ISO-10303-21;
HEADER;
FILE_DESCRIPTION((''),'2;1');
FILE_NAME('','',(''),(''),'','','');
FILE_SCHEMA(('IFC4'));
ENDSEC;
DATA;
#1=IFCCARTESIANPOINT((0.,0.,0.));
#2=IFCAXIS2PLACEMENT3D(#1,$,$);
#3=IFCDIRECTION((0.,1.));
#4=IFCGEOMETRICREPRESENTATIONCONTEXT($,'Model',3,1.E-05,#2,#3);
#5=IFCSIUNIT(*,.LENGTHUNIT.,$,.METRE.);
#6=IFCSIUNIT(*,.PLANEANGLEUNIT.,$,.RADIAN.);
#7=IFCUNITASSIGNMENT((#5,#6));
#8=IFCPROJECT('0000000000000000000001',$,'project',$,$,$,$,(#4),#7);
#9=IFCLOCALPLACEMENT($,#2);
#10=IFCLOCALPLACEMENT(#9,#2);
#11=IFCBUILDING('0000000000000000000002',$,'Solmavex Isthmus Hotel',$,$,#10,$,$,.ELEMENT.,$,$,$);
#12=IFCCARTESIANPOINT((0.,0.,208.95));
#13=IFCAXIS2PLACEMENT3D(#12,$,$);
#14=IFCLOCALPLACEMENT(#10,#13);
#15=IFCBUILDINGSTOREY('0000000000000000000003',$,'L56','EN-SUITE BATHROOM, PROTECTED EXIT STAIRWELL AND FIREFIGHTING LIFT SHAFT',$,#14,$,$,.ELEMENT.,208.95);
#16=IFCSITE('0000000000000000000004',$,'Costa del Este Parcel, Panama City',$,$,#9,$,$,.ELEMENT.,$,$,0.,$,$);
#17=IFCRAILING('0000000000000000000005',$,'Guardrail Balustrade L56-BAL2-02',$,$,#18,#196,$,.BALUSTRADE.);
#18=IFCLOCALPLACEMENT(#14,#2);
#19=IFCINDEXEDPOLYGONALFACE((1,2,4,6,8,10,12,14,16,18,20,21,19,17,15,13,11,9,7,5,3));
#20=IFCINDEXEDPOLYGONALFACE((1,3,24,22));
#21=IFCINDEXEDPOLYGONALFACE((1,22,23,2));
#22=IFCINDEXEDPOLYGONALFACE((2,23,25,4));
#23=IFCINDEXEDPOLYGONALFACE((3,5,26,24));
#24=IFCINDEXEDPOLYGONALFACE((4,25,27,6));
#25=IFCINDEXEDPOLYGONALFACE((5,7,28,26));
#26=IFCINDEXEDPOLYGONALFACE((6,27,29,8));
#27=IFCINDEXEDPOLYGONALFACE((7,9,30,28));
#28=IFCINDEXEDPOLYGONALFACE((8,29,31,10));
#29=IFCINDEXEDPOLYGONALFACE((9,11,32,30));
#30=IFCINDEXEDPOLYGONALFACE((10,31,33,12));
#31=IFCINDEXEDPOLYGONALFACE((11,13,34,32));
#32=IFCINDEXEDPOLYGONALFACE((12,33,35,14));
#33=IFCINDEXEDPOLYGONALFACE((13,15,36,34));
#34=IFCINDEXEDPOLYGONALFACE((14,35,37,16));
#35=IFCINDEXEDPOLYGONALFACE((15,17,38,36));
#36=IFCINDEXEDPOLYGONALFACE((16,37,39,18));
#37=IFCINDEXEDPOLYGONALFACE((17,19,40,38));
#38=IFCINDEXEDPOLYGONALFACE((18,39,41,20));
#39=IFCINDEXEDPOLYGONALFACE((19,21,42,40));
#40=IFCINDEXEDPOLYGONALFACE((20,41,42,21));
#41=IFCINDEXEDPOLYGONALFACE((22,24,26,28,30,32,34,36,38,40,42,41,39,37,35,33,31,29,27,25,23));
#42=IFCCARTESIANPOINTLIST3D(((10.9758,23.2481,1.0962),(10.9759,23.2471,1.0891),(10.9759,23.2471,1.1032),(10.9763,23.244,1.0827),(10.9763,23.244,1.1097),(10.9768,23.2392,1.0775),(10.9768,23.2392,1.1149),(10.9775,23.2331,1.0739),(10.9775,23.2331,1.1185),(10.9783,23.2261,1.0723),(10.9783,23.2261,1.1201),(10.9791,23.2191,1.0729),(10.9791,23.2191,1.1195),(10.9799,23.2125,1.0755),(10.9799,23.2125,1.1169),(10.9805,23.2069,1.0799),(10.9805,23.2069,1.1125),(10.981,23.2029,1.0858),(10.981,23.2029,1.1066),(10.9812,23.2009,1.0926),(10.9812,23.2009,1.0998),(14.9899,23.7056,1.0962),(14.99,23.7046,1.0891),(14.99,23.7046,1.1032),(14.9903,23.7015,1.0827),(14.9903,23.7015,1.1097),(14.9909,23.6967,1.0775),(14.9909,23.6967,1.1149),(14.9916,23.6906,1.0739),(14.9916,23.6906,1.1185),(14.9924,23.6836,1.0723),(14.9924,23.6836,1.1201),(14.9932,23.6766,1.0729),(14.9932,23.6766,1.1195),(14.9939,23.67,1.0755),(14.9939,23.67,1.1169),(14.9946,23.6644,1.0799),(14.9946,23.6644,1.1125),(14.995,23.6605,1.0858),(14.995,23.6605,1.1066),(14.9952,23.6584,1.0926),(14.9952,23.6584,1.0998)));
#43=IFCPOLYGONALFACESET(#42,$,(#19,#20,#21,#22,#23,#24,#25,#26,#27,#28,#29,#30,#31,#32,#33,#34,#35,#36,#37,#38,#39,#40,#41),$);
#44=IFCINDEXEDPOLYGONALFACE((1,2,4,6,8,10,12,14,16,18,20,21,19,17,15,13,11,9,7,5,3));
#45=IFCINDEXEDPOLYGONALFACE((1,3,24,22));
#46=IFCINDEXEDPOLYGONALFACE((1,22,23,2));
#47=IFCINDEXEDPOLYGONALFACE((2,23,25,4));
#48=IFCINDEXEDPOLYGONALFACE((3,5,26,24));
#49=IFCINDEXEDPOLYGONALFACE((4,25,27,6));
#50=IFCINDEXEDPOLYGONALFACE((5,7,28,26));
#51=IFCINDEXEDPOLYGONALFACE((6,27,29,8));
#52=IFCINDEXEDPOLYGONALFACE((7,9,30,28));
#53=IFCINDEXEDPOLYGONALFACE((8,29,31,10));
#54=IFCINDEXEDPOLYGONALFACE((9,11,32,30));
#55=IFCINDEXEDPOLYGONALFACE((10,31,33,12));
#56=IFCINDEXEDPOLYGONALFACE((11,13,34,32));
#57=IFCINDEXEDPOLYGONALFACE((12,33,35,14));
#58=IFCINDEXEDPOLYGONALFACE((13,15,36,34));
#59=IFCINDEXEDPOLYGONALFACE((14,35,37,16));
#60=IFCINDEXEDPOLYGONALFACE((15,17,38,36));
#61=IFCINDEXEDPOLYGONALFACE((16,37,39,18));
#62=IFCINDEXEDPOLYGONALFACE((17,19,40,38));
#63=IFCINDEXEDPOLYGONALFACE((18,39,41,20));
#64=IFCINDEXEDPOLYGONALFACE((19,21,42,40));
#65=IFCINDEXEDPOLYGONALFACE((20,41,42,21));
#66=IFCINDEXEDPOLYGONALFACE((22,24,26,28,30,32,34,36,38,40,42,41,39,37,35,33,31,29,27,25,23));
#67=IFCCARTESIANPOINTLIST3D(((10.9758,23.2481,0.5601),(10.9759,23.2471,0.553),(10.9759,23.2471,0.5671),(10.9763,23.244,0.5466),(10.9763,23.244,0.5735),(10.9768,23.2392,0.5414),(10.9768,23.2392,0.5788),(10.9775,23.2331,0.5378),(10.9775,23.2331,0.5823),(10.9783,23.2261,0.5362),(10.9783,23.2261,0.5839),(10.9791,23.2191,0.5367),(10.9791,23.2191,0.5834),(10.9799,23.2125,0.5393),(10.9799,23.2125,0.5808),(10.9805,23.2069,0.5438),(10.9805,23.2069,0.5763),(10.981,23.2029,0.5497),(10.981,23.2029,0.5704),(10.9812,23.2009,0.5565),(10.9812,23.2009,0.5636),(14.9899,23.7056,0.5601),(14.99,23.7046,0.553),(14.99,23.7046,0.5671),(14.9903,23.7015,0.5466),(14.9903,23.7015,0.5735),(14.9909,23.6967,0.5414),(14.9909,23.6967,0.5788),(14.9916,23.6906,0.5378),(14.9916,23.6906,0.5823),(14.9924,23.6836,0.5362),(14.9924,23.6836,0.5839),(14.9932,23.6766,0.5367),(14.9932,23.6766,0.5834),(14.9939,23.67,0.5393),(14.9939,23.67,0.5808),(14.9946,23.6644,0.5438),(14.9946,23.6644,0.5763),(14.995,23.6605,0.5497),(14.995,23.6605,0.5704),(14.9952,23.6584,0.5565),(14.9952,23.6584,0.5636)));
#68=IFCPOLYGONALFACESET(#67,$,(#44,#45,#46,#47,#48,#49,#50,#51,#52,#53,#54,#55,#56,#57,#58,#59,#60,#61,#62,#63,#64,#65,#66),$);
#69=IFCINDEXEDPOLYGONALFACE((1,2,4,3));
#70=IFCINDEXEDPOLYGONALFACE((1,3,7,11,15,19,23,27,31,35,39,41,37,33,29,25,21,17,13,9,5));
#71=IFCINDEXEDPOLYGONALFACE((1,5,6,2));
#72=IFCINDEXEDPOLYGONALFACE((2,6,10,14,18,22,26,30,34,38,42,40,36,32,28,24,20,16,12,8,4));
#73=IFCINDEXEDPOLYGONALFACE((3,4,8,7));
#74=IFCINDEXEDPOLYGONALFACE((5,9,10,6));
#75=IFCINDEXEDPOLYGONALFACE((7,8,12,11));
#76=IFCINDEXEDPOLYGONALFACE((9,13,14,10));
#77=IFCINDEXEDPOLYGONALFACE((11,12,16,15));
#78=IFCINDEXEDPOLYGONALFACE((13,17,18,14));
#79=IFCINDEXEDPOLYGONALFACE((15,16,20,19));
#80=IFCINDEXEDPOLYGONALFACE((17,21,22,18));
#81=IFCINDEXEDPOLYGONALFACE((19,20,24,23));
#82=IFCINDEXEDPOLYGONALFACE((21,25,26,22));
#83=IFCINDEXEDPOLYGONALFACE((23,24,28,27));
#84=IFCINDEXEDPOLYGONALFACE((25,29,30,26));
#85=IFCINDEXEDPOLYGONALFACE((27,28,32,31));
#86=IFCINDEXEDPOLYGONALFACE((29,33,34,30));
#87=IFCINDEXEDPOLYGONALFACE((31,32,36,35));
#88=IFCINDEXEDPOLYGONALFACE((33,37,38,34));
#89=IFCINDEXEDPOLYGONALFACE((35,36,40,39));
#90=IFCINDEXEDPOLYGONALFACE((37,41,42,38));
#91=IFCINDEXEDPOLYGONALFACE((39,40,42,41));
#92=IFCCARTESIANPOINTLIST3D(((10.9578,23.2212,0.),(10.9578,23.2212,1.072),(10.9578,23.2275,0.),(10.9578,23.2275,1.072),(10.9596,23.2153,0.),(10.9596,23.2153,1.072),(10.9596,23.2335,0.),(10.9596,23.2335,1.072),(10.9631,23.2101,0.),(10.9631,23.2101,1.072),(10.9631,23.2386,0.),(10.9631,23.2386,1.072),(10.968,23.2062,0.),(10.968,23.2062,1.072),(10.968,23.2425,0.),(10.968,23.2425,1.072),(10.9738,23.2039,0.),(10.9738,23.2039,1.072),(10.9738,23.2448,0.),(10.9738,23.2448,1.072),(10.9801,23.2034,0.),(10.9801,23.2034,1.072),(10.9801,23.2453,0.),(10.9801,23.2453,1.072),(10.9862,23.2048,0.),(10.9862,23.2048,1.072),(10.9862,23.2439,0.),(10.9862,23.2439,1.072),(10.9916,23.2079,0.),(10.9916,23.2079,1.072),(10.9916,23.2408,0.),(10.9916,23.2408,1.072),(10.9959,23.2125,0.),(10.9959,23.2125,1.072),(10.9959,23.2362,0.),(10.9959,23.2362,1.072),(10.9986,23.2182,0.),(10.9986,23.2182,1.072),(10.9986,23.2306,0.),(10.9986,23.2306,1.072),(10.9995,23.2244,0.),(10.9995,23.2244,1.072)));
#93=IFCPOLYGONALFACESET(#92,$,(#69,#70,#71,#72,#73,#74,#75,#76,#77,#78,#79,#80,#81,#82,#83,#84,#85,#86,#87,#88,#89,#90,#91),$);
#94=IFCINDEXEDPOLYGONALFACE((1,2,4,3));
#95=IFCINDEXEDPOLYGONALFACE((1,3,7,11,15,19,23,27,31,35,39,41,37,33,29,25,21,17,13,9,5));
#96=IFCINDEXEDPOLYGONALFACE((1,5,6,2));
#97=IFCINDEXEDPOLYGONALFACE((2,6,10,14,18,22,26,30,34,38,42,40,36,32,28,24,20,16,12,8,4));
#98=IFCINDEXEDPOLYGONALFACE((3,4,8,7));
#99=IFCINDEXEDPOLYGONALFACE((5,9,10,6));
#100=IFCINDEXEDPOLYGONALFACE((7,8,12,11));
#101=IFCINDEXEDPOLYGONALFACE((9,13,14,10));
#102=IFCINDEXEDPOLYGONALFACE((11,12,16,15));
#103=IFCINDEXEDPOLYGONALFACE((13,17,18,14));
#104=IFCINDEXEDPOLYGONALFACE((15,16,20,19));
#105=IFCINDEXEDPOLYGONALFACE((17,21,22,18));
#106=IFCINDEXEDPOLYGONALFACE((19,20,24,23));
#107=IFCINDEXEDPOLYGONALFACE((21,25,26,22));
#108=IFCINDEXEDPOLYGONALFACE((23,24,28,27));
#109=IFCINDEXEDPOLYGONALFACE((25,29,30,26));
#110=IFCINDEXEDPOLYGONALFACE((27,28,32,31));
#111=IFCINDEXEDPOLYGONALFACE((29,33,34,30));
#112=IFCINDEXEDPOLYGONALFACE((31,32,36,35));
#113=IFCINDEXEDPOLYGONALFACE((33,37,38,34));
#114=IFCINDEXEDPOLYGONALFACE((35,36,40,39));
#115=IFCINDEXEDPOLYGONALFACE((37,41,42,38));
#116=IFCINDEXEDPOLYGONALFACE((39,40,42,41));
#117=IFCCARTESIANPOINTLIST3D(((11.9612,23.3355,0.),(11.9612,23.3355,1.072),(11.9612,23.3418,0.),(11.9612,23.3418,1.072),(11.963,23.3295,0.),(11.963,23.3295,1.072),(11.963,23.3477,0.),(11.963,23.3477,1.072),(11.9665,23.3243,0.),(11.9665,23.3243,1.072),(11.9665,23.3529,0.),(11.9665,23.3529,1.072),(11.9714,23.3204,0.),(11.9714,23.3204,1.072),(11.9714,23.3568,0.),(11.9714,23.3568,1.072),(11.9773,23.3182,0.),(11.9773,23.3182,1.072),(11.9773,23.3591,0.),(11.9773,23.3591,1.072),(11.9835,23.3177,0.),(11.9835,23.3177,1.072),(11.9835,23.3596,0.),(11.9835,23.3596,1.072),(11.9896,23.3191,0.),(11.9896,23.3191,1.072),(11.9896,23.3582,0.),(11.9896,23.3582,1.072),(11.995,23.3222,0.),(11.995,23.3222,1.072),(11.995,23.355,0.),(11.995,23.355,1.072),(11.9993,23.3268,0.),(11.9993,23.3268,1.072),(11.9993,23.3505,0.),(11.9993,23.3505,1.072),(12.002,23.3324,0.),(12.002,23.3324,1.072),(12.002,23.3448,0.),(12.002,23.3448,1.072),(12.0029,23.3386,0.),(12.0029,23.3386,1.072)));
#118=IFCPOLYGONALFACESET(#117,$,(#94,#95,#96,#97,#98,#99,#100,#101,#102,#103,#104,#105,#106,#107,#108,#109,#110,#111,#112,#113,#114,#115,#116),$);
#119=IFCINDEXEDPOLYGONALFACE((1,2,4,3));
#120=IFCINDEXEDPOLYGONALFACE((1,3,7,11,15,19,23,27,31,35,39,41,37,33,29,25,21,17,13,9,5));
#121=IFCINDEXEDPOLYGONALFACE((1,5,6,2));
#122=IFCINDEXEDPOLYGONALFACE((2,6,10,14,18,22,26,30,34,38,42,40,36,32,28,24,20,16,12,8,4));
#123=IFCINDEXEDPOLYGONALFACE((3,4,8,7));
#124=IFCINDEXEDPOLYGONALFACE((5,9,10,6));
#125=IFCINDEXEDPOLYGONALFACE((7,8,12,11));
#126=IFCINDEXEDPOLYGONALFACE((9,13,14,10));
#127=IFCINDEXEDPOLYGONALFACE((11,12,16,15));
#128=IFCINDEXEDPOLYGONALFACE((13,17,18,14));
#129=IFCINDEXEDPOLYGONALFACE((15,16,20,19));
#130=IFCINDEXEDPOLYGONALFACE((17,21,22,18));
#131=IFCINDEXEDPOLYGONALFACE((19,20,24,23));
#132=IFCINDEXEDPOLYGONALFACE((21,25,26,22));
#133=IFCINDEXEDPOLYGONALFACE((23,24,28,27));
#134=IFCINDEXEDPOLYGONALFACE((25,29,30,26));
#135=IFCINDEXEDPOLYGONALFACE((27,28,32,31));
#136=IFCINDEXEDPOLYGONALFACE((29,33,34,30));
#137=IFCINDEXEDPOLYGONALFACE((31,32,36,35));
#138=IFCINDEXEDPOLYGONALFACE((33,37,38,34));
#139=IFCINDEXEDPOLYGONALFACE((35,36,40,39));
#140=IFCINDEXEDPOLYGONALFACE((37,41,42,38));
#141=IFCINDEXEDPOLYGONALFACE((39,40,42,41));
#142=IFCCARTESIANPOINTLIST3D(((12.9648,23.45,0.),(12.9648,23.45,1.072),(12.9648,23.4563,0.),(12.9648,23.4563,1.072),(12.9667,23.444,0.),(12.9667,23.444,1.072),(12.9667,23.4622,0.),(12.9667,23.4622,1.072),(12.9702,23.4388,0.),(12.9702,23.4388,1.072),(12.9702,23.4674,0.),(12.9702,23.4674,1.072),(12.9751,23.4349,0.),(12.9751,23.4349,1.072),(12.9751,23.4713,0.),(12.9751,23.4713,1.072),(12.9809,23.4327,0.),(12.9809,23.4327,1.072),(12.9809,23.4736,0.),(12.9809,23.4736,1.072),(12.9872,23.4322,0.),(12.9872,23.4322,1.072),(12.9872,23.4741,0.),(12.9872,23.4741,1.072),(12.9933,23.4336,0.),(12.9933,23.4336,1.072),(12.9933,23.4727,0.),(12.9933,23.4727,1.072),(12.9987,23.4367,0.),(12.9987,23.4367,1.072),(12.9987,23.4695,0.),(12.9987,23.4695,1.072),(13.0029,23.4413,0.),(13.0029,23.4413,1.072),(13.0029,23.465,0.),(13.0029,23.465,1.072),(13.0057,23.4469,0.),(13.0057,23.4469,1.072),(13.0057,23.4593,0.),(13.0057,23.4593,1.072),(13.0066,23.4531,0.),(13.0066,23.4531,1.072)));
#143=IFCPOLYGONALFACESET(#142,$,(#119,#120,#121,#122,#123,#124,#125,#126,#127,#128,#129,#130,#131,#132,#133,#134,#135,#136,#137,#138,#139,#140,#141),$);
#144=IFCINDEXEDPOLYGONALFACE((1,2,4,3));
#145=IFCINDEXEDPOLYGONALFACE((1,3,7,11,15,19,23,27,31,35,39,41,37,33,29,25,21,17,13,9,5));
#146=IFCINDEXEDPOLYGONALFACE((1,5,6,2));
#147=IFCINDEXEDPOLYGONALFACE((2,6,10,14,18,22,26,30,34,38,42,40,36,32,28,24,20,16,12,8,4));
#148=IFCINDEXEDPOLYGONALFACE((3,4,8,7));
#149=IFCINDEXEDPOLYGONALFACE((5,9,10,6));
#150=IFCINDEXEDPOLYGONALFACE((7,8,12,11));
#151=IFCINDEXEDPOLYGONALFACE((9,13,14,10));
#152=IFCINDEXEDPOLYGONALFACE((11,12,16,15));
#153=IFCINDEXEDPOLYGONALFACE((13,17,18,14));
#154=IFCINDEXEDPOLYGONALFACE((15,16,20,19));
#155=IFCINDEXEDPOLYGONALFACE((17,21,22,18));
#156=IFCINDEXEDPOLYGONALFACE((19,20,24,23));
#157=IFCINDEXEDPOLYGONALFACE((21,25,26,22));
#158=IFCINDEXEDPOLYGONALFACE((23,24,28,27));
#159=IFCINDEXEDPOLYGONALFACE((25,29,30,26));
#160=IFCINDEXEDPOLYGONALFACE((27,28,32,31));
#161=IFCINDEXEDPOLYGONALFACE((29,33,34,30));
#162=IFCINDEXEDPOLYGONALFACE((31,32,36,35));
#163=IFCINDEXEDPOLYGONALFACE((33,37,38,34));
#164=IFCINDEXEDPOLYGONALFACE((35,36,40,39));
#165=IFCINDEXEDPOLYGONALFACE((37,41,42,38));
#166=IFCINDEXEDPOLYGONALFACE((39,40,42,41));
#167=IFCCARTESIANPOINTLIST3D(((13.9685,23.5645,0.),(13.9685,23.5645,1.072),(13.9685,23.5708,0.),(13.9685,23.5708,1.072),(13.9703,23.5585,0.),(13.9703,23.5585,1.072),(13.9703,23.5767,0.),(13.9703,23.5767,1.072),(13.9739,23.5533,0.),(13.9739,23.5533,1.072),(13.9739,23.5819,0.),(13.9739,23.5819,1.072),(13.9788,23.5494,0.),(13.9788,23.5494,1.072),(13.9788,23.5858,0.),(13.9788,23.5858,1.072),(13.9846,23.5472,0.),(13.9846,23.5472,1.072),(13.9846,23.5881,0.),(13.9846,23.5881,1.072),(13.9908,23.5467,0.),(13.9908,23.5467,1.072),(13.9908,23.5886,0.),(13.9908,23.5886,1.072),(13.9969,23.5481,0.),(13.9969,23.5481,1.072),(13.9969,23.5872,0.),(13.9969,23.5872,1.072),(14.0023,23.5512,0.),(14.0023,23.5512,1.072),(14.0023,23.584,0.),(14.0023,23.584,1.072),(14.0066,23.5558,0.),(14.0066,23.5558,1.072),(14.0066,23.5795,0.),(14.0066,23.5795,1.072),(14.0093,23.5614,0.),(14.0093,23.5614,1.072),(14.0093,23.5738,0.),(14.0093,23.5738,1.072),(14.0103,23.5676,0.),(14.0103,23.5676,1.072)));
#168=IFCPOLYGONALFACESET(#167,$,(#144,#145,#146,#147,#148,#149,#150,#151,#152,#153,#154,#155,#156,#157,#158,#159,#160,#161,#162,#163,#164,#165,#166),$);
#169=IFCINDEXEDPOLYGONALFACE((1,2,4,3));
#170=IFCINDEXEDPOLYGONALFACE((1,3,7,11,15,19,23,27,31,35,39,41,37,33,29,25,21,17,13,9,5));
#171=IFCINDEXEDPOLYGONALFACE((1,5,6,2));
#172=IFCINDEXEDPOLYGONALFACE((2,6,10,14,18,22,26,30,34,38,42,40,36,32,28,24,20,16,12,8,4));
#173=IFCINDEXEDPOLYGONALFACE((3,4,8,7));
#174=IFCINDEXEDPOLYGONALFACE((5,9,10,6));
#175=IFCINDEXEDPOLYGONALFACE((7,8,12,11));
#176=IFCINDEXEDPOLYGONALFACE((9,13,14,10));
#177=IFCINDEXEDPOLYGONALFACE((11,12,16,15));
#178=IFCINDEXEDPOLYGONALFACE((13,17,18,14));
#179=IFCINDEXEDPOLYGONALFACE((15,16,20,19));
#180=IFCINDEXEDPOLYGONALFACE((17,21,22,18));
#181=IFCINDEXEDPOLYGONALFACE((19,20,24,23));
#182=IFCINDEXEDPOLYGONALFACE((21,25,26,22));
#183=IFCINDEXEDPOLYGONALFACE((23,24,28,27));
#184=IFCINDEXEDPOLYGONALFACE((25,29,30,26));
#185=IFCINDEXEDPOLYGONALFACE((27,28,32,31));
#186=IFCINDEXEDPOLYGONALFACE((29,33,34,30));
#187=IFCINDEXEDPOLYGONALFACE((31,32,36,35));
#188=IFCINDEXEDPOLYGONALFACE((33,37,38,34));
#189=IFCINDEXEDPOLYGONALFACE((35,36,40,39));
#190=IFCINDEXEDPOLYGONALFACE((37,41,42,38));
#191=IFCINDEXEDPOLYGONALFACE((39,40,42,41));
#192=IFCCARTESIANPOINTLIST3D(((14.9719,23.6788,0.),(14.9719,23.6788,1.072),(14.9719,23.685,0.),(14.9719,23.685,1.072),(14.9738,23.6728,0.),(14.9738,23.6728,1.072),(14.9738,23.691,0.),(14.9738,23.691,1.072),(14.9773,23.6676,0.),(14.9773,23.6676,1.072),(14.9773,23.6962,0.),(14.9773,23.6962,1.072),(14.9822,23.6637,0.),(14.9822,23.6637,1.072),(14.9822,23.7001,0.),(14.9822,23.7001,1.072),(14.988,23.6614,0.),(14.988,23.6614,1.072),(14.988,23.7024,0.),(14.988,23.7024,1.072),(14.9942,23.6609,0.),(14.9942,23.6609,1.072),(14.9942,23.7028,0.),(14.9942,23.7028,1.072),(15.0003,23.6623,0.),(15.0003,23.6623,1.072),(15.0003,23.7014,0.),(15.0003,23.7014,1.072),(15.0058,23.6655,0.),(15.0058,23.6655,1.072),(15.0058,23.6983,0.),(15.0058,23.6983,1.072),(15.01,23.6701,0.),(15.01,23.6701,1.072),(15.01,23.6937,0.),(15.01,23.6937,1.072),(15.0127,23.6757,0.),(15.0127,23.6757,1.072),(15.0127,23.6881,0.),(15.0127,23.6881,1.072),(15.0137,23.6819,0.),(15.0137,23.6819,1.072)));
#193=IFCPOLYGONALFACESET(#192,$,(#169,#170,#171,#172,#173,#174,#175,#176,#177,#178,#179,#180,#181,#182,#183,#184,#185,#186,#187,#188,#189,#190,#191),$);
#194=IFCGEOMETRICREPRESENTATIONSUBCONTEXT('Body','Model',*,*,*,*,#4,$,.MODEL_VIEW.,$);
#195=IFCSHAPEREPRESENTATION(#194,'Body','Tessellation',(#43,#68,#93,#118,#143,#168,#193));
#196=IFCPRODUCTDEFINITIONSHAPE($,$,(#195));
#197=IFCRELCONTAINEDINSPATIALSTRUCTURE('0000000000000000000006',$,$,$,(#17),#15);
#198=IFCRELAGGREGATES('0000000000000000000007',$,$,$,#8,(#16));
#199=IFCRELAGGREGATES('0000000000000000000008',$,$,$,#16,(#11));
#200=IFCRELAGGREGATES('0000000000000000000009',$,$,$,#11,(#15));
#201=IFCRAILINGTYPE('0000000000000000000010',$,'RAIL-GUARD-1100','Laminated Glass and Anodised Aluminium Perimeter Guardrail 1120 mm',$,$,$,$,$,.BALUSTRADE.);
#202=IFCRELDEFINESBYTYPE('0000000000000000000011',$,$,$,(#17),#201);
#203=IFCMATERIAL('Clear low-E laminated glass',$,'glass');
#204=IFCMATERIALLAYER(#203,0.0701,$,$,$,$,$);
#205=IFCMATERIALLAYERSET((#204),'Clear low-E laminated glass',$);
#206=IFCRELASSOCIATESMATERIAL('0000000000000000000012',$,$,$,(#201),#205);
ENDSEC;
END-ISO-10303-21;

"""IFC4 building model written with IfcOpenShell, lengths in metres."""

from ifc_helpers import new_model, si_unit, direction, frame, origin, origin_2d, place, context, subcontext, project, spatial, circle, extrude, material, layer, layer_set, type_object, element, save


model = new_model("IFC4")

# Units and contexts
model_context = context("Model", 3, precision=1e-05, world=origin(), true_north=direction((0.0, 1.0)))
body_context = subcontext(model_context, "Body", "Model", "MODEL_VIEW")
ifc_project = project(units=[si_unit("LENGTHUNIT", "METRE"), si_unit("PLANEANGLEUNIT", "RADIAN")], contexts=[model_context])

# Site, building, storey
site_placement = place(None, origin())
site = spatial("IfcSite", under=ifc_project, at=site_placement, Name="Costa del Este Parcel, Panama City", CompositionType="ELEMENT", RefElevation=0.0)
building_placement = place(site_placement, origin())
building = spatial("IfcBuilding", under=site, at=building_placement, Name="Solmavex Isthmus Hotel", CompositionType="ELEMENT")
storey_placement = place(building_placement, frame((0.0, 0.0, 208.95)))
storey = spatial("IfcBuildingStorey", under=building, at=storey_placement, Name="L56", Description="EN-SUITE BATHROOM, PROTECTED EXIT STAIRWELL AND FIREFIGHTING LIFT SHAFT", CompositionType="ELEMENT", Elevation=208.95)

# Shared definitions
ifc_material_1 = material(Name="Clear low-E laminated glass", Category="glass")

# Railing
ifc_layer_1 = layer(ifc_material_1, 0.0701)
ifc_layer_set_1 = layer_set([ifc_layer_1], Name="Clear low-E laminated glass")
railing_type = type_object("IfcRailingType", Name="RAIL-GUARD-1100", Description="Laminated Glass and Anodised Aluminium Perimeter Guardrail 1120 mm", PredefinedType="BALUSTRADE", material=ifc_layer_set_1)
railing_1_placement = place(storey_placement, frame((10.9785, 23.2244, 0.0)))
element("IfcRailing", 1, at=railing_1_placement, inside=storey, type_object=railing_type, Name="Guardrail Balustrade L56-BAL2-02", PredefinedType="BALUSTRADE", context=body_context, shape_type="SweptSolid", body=[
    extrude(circle(Radius=0.0239, at=origin_2d()), frame((0.0, 0.0, 1.0962), z_axis=(0.993567, 0.113243, 0.0), x_axis=(-0.113243, 0.993567, 0.0)), (0.0, 0.0, 1.0), 4.04),
    extrude(circle(Radius=0.0239, at=origin_2d()), frame((0.0, 0.0, 0.5601), z_axis=(0.993567, 0.113243, 0.0), x_axis=(-0.113243, 0.993567, 0.0)), (0.0, 0.0, 1.0), 4.04),
    extrude(circle(Radius=0.021, at=origin_2d()), origin(), (0.0, 0.0, 1.0), 1.072),
    extrude(circle(Radius=0.021, at=origin_2d()), frame((1.0034, 0.1143, 0.0)), (0.0, 0.0, 1.0), 1.072),
    extrude(circle(Radius=0.021, at=origin_2d()), frame((2.0071, 0.2288, 0.0)), (0.0, 0.0, 1.0), 1.072),
    extrude(circle(Radius=0.021, at=origin_2d()), frame((3.0107, 0.3433, 0.0)), (0.0, 0.0, 1.0), 1.072),
    extrude(circle(Radius=0.021, at=origin_2d()), frame((4.0142, 0.4575, 0.0)), (0.0, 0.0, 1.0), 1.072),
])

save(model, "model.ifc")
